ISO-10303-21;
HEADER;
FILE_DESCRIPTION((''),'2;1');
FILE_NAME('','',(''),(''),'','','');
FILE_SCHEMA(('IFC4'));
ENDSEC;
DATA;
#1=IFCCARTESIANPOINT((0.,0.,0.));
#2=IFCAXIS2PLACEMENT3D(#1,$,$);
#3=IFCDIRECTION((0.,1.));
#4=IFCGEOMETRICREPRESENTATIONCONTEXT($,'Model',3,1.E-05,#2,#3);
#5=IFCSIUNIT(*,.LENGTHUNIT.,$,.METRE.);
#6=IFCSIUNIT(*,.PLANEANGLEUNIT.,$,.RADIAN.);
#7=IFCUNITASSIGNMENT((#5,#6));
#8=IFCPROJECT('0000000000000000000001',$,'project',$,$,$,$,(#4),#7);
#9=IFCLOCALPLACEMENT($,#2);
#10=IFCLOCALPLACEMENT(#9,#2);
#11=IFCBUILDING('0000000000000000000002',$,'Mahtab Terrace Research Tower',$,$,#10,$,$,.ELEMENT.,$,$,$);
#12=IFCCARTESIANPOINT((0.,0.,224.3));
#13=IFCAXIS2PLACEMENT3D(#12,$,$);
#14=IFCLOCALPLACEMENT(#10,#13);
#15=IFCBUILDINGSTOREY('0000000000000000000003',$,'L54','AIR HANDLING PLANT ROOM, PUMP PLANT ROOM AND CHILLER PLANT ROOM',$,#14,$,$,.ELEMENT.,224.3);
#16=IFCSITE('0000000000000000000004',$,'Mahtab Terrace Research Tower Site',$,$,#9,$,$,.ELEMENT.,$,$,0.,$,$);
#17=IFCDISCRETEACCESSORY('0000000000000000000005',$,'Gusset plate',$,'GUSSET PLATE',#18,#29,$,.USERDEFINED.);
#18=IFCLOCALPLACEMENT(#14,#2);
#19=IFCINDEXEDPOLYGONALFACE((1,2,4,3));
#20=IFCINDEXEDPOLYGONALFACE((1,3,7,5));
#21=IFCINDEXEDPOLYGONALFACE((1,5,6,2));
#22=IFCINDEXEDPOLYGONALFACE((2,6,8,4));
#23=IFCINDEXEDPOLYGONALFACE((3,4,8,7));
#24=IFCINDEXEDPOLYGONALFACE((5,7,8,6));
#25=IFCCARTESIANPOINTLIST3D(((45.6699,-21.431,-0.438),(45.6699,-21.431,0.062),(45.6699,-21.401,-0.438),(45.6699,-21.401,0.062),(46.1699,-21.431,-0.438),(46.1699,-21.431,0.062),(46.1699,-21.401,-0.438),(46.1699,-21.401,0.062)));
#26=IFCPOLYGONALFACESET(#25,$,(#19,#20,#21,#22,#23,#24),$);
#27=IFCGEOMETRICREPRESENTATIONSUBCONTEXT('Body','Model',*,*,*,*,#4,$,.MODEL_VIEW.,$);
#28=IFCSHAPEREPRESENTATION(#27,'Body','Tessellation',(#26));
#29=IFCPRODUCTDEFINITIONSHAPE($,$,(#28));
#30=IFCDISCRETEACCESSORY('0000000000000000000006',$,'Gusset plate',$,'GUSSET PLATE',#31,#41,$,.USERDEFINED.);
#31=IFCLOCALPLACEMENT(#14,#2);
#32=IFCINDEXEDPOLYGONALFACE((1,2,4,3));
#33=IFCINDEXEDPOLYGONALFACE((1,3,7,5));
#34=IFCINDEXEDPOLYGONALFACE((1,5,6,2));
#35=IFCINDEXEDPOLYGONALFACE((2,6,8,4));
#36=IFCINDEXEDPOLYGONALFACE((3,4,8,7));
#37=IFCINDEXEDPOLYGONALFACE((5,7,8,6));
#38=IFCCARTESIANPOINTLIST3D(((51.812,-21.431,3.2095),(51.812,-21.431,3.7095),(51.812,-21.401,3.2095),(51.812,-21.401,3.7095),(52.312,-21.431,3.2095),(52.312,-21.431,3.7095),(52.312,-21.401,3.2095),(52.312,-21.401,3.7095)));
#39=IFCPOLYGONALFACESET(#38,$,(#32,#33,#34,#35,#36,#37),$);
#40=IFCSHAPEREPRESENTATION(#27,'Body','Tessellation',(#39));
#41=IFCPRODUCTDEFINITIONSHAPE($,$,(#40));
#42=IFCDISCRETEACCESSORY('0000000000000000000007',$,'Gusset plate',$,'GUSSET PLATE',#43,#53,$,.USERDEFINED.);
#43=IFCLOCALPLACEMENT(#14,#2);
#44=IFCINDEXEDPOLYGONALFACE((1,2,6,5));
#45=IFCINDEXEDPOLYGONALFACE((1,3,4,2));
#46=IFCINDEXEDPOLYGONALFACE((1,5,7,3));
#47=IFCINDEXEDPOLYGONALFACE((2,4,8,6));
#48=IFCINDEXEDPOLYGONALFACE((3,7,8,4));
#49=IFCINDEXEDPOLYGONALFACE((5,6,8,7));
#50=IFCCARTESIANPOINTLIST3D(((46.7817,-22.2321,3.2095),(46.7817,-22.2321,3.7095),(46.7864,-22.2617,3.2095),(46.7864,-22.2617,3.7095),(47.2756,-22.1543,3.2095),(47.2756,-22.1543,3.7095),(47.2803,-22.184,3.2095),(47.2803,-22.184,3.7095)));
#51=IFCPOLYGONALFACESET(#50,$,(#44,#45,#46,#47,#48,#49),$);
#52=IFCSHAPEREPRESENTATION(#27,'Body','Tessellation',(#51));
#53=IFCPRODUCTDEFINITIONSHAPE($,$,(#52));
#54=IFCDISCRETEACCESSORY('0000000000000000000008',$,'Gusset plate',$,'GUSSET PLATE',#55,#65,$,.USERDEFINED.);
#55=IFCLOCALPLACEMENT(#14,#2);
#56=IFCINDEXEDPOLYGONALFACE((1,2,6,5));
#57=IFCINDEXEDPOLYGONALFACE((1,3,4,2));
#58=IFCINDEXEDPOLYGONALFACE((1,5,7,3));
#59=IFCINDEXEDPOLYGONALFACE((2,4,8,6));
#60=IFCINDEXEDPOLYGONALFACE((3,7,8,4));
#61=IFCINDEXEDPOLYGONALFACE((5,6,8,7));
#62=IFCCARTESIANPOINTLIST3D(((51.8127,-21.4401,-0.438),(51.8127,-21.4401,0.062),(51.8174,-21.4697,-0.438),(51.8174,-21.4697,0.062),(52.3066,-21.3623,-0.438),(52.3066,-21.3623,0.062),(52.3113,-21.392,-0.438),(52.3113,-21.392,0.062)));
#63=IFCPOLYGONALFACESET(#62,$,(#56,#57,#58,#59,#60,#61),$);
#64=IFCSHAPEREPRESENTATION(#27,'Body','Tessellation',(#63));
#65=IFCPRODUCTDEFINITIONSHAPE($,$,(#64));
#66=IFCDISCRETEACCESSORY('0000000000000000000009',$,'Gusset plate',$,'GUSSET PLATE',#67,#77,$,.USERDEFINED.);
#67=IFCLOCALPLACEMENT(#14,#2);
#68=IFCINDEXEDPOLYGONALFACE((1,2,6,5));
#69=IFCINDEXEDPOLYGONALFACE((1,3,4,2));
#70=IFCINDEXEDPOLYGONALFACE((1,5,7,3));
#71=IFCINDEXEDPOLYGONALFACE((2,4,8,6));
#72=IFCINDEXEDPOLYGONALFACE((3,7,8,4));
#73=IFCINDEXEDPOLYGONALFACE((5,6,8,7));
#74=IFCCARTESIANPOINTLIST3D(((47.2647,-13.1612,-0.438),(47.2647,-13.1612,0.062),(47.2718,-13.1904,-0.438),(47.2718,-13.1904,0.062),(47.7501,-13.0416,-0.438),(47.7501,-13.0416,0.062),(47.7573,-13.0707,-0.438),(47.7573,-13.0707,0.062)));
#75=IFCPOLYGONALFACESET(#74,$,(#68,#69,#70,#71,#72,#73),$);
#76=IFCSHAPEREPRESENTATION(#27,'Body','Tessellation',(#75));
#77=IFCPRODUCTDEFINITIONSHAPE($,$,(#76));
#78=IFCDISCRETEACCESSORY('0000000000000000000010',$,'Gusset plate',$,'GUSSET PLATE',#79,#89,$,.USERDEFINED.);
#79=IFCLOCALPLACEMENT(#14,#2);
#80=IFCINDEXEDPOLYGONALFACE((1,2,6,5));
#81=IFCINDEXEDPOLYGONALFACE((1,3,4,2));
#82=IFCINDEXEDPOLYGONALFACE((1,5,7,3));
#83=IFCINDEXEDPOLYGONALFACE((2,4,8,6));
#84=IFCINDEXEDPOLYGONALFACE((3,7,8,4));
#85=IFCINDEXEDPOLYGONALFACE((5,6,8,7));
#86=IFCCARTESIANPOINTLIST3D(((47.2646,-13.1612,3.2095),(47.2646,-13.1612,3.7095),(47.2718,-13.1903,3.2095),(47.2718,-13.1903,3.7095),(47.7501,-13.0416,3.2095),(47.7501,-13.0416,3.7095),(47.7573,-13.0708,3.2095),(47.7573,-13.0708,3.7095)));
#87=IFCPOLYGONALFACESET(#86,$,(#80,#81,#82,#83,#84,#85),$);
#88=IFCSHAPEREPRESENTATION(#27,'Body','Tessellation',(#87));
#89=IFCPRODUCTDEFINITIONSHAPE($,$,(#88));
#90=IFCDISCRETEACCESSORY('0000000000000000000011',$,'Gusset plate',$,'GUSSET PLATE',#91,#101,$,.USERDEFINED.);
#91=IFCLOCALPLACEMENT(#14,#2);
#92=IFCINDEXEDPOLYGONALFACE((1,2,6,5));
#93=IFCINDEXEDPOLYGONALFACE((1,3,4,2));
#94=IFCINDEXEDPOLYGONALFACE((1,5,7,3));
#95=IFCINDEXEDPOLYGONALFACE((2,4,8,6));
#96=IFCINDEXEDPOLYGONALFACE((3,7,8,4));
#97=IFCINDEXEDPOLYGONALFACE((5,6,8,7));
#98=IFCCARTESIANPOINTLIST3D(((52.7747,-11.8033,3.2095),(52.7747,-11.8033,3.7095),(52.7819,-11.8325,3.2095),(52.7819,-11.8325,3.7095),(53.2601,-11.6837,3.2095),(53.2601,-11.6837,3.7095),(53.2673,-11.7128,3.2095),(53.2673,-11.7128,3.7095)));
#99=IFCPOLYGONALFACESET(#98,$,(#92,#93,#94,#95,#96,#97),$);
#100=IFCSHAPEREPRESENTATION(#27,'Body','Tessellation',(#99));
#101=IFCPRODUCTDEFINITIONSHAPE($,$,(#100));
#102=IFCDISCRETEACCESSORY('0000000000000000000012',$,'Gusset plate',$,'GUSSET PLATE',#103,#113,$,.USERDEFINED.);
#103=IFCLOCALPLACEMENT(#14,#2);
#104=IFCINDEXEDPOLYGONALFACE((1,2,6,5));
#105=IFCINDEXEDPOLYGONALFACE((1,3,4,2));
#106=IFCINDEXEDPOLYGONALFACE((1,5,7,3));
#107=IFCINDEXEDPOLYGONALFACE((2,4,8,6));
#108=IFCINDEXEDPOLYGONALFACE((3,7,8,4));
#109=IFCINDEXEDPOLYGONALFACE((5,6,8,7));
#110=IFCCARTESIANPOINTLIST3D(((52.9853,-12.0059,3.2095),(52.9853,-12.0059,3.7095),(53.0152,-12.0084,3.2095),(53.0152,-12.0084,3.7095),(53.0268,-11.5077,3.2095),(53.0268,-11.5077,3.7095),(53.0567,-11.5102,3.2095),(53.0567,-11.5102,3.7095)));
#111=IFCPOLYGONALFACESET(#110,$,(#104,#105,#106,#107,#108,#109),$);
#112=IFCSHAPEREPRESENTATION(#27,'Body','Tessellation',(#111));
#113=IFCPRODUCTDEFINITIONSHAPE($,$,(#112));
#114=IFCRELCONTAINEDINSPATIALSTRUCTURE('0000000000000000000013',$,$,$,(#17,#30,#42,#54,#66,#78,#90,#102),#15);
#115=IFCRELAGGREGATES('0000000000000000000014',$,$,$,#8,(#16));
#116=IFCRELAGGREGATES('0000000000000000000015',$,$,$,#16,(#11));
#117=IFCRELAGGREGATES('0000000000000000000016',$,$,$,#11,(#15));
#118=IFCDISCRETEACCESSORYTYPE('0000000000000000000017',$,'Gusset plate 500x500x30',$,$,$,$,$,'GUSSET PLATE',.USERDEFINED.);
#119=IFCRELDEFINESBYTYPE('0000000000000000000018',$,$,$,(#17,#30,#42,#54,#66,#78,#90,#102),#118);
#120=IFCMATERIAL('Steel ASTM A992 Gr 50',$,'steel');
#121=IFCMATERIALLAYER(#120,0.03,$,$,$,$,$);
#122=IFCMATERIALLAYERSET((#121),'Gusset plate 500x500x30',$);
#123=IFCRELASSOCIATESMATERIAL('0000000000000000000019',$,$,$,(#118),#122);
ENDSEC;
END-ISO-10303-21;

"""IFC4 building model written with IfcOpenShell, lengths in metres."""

from ifc_helpers import new_model, si_unit, direction, frame, origin, origin_2d, place, context, subcontext, project, spatial, rectangle, extrude, material, layer, layer_set, type_object, element, save


model = new_model("IFC4")

# Units and contexts
model_context = context("Model", 3, precision=1e-05, world=origin(), true_north=direction((0.0, 1.0)))
body_context = subcontext(model_context, "Body", "Model", "MODEL_VIEW")
ifc_project = project(units=[si_unit("LENGTHUNIT", "METRE"), si_unit("PLANEANGLEUNIT", "RADIAN")], contexts=[model_context])

# Site, building, storey
site_placement = place(None, origin())
site = spatial("IfcSite", under=ifc_project, at=site_placement, Name="Mahtab Terrace Research Tower Site", CompositionType="ELEMENT", RefElevation=0.0)
building_placement = place(site_placement, origin())
building = spatial("IfcBuilding", under=site, at=building_placement, Name="Mahtab Terrace Research Tower", CompositionType="ELEMENT")
storey_placement = place(building_placement, frame((0.0, 0.0, 224.3)))
storey = spatial("IfcBuildingStorey", under=building, at=storey_placement, Name="L54", Description="AIR HANDLING PLANT ROOM, PUMP PLANT ROOM AND CHILLER PLANT ROOM", CompositionType="ELEMENT", Elevation=224.3)

# Shared definitions
ifc_material_1 = material(Name="Steel ASTM A992 Gr 50", Category="steel")

# Discrete accessories
ifc_layer = layer(ifc_material_1, 0.03)
ifc_layer_set = layer_set([ifc_layer], Name="Gusset plate 500x500x30")
discrete_accessory_type_1 = type_object("IfcDiscreteAccessoryType", Name="Gusset plate 500x500x30", ElementType="GUSSET PLATE", PredefinedType="USERDEFINED", material=ifc_layer_set)
for number, where, z_axis, x_axis, name in (
    (1, (45.9199, -21.416, -0.438), (0.0, 0.0, 1.0), (1.0, 0.0, 0.0), "Gusset plate"),
    (2, (52.062, -21.416, 3.2095), (0.0, 0.0, 1.0), (1.0, 0.0, 0.0), "Gusset plate"),
    (3, (47.031, -22.208, 3.2095), (0.0, 0.0, 1.0), (0.987835, 0.155504, 0.0), "Gusset plate"),
    (4, (52.062, -21.416, -0.438), (0.0, 0.0, 1.0), (0.987835, 0.155504, 0.0), "Gusset plate"),
    (5, (47.511, -13.116, -0.438), (0.0, 0.0, 1.0), (0.970947, 0.239296, 0.0), "Gusset plate"),
    (6, (47.511, -13.116, 3.2095), (0.0, 0.0, 1.0), (0.970997, 0.239093, 0.0), "Gusset plate"),
    (7, (53.021, -11.7581, 3.2095), (0.0, 0.0, 1.0), (0.970947, 0.239296, 0.0), "Gusset plate"),
    (8, (53.021, -11.7581, 3.2095), (0.0, 0.0, 1.0), (0.083052, 0.996545, 0.0), "Gusset plate"),
):
    element("IfcDiscreteAccessory", number, at=place(storey_placement, frame(where, z_axis=z_axis, x_axis=x_axis)), inside=storey, type_object=discrete_accessory_type_1, Name=name, ObjectType="GUSSET PLATE", PredefinedType="USERDEFINED", context=body_context, shape_type="SweptSolid", body=[
        extrude(rectangle(XDim=0.5, YDim=0.03, at=origin_2d()), origin(), (0.0, 0.0, 1.0), 0.5),
    ])

save(model, "model.ifc")
